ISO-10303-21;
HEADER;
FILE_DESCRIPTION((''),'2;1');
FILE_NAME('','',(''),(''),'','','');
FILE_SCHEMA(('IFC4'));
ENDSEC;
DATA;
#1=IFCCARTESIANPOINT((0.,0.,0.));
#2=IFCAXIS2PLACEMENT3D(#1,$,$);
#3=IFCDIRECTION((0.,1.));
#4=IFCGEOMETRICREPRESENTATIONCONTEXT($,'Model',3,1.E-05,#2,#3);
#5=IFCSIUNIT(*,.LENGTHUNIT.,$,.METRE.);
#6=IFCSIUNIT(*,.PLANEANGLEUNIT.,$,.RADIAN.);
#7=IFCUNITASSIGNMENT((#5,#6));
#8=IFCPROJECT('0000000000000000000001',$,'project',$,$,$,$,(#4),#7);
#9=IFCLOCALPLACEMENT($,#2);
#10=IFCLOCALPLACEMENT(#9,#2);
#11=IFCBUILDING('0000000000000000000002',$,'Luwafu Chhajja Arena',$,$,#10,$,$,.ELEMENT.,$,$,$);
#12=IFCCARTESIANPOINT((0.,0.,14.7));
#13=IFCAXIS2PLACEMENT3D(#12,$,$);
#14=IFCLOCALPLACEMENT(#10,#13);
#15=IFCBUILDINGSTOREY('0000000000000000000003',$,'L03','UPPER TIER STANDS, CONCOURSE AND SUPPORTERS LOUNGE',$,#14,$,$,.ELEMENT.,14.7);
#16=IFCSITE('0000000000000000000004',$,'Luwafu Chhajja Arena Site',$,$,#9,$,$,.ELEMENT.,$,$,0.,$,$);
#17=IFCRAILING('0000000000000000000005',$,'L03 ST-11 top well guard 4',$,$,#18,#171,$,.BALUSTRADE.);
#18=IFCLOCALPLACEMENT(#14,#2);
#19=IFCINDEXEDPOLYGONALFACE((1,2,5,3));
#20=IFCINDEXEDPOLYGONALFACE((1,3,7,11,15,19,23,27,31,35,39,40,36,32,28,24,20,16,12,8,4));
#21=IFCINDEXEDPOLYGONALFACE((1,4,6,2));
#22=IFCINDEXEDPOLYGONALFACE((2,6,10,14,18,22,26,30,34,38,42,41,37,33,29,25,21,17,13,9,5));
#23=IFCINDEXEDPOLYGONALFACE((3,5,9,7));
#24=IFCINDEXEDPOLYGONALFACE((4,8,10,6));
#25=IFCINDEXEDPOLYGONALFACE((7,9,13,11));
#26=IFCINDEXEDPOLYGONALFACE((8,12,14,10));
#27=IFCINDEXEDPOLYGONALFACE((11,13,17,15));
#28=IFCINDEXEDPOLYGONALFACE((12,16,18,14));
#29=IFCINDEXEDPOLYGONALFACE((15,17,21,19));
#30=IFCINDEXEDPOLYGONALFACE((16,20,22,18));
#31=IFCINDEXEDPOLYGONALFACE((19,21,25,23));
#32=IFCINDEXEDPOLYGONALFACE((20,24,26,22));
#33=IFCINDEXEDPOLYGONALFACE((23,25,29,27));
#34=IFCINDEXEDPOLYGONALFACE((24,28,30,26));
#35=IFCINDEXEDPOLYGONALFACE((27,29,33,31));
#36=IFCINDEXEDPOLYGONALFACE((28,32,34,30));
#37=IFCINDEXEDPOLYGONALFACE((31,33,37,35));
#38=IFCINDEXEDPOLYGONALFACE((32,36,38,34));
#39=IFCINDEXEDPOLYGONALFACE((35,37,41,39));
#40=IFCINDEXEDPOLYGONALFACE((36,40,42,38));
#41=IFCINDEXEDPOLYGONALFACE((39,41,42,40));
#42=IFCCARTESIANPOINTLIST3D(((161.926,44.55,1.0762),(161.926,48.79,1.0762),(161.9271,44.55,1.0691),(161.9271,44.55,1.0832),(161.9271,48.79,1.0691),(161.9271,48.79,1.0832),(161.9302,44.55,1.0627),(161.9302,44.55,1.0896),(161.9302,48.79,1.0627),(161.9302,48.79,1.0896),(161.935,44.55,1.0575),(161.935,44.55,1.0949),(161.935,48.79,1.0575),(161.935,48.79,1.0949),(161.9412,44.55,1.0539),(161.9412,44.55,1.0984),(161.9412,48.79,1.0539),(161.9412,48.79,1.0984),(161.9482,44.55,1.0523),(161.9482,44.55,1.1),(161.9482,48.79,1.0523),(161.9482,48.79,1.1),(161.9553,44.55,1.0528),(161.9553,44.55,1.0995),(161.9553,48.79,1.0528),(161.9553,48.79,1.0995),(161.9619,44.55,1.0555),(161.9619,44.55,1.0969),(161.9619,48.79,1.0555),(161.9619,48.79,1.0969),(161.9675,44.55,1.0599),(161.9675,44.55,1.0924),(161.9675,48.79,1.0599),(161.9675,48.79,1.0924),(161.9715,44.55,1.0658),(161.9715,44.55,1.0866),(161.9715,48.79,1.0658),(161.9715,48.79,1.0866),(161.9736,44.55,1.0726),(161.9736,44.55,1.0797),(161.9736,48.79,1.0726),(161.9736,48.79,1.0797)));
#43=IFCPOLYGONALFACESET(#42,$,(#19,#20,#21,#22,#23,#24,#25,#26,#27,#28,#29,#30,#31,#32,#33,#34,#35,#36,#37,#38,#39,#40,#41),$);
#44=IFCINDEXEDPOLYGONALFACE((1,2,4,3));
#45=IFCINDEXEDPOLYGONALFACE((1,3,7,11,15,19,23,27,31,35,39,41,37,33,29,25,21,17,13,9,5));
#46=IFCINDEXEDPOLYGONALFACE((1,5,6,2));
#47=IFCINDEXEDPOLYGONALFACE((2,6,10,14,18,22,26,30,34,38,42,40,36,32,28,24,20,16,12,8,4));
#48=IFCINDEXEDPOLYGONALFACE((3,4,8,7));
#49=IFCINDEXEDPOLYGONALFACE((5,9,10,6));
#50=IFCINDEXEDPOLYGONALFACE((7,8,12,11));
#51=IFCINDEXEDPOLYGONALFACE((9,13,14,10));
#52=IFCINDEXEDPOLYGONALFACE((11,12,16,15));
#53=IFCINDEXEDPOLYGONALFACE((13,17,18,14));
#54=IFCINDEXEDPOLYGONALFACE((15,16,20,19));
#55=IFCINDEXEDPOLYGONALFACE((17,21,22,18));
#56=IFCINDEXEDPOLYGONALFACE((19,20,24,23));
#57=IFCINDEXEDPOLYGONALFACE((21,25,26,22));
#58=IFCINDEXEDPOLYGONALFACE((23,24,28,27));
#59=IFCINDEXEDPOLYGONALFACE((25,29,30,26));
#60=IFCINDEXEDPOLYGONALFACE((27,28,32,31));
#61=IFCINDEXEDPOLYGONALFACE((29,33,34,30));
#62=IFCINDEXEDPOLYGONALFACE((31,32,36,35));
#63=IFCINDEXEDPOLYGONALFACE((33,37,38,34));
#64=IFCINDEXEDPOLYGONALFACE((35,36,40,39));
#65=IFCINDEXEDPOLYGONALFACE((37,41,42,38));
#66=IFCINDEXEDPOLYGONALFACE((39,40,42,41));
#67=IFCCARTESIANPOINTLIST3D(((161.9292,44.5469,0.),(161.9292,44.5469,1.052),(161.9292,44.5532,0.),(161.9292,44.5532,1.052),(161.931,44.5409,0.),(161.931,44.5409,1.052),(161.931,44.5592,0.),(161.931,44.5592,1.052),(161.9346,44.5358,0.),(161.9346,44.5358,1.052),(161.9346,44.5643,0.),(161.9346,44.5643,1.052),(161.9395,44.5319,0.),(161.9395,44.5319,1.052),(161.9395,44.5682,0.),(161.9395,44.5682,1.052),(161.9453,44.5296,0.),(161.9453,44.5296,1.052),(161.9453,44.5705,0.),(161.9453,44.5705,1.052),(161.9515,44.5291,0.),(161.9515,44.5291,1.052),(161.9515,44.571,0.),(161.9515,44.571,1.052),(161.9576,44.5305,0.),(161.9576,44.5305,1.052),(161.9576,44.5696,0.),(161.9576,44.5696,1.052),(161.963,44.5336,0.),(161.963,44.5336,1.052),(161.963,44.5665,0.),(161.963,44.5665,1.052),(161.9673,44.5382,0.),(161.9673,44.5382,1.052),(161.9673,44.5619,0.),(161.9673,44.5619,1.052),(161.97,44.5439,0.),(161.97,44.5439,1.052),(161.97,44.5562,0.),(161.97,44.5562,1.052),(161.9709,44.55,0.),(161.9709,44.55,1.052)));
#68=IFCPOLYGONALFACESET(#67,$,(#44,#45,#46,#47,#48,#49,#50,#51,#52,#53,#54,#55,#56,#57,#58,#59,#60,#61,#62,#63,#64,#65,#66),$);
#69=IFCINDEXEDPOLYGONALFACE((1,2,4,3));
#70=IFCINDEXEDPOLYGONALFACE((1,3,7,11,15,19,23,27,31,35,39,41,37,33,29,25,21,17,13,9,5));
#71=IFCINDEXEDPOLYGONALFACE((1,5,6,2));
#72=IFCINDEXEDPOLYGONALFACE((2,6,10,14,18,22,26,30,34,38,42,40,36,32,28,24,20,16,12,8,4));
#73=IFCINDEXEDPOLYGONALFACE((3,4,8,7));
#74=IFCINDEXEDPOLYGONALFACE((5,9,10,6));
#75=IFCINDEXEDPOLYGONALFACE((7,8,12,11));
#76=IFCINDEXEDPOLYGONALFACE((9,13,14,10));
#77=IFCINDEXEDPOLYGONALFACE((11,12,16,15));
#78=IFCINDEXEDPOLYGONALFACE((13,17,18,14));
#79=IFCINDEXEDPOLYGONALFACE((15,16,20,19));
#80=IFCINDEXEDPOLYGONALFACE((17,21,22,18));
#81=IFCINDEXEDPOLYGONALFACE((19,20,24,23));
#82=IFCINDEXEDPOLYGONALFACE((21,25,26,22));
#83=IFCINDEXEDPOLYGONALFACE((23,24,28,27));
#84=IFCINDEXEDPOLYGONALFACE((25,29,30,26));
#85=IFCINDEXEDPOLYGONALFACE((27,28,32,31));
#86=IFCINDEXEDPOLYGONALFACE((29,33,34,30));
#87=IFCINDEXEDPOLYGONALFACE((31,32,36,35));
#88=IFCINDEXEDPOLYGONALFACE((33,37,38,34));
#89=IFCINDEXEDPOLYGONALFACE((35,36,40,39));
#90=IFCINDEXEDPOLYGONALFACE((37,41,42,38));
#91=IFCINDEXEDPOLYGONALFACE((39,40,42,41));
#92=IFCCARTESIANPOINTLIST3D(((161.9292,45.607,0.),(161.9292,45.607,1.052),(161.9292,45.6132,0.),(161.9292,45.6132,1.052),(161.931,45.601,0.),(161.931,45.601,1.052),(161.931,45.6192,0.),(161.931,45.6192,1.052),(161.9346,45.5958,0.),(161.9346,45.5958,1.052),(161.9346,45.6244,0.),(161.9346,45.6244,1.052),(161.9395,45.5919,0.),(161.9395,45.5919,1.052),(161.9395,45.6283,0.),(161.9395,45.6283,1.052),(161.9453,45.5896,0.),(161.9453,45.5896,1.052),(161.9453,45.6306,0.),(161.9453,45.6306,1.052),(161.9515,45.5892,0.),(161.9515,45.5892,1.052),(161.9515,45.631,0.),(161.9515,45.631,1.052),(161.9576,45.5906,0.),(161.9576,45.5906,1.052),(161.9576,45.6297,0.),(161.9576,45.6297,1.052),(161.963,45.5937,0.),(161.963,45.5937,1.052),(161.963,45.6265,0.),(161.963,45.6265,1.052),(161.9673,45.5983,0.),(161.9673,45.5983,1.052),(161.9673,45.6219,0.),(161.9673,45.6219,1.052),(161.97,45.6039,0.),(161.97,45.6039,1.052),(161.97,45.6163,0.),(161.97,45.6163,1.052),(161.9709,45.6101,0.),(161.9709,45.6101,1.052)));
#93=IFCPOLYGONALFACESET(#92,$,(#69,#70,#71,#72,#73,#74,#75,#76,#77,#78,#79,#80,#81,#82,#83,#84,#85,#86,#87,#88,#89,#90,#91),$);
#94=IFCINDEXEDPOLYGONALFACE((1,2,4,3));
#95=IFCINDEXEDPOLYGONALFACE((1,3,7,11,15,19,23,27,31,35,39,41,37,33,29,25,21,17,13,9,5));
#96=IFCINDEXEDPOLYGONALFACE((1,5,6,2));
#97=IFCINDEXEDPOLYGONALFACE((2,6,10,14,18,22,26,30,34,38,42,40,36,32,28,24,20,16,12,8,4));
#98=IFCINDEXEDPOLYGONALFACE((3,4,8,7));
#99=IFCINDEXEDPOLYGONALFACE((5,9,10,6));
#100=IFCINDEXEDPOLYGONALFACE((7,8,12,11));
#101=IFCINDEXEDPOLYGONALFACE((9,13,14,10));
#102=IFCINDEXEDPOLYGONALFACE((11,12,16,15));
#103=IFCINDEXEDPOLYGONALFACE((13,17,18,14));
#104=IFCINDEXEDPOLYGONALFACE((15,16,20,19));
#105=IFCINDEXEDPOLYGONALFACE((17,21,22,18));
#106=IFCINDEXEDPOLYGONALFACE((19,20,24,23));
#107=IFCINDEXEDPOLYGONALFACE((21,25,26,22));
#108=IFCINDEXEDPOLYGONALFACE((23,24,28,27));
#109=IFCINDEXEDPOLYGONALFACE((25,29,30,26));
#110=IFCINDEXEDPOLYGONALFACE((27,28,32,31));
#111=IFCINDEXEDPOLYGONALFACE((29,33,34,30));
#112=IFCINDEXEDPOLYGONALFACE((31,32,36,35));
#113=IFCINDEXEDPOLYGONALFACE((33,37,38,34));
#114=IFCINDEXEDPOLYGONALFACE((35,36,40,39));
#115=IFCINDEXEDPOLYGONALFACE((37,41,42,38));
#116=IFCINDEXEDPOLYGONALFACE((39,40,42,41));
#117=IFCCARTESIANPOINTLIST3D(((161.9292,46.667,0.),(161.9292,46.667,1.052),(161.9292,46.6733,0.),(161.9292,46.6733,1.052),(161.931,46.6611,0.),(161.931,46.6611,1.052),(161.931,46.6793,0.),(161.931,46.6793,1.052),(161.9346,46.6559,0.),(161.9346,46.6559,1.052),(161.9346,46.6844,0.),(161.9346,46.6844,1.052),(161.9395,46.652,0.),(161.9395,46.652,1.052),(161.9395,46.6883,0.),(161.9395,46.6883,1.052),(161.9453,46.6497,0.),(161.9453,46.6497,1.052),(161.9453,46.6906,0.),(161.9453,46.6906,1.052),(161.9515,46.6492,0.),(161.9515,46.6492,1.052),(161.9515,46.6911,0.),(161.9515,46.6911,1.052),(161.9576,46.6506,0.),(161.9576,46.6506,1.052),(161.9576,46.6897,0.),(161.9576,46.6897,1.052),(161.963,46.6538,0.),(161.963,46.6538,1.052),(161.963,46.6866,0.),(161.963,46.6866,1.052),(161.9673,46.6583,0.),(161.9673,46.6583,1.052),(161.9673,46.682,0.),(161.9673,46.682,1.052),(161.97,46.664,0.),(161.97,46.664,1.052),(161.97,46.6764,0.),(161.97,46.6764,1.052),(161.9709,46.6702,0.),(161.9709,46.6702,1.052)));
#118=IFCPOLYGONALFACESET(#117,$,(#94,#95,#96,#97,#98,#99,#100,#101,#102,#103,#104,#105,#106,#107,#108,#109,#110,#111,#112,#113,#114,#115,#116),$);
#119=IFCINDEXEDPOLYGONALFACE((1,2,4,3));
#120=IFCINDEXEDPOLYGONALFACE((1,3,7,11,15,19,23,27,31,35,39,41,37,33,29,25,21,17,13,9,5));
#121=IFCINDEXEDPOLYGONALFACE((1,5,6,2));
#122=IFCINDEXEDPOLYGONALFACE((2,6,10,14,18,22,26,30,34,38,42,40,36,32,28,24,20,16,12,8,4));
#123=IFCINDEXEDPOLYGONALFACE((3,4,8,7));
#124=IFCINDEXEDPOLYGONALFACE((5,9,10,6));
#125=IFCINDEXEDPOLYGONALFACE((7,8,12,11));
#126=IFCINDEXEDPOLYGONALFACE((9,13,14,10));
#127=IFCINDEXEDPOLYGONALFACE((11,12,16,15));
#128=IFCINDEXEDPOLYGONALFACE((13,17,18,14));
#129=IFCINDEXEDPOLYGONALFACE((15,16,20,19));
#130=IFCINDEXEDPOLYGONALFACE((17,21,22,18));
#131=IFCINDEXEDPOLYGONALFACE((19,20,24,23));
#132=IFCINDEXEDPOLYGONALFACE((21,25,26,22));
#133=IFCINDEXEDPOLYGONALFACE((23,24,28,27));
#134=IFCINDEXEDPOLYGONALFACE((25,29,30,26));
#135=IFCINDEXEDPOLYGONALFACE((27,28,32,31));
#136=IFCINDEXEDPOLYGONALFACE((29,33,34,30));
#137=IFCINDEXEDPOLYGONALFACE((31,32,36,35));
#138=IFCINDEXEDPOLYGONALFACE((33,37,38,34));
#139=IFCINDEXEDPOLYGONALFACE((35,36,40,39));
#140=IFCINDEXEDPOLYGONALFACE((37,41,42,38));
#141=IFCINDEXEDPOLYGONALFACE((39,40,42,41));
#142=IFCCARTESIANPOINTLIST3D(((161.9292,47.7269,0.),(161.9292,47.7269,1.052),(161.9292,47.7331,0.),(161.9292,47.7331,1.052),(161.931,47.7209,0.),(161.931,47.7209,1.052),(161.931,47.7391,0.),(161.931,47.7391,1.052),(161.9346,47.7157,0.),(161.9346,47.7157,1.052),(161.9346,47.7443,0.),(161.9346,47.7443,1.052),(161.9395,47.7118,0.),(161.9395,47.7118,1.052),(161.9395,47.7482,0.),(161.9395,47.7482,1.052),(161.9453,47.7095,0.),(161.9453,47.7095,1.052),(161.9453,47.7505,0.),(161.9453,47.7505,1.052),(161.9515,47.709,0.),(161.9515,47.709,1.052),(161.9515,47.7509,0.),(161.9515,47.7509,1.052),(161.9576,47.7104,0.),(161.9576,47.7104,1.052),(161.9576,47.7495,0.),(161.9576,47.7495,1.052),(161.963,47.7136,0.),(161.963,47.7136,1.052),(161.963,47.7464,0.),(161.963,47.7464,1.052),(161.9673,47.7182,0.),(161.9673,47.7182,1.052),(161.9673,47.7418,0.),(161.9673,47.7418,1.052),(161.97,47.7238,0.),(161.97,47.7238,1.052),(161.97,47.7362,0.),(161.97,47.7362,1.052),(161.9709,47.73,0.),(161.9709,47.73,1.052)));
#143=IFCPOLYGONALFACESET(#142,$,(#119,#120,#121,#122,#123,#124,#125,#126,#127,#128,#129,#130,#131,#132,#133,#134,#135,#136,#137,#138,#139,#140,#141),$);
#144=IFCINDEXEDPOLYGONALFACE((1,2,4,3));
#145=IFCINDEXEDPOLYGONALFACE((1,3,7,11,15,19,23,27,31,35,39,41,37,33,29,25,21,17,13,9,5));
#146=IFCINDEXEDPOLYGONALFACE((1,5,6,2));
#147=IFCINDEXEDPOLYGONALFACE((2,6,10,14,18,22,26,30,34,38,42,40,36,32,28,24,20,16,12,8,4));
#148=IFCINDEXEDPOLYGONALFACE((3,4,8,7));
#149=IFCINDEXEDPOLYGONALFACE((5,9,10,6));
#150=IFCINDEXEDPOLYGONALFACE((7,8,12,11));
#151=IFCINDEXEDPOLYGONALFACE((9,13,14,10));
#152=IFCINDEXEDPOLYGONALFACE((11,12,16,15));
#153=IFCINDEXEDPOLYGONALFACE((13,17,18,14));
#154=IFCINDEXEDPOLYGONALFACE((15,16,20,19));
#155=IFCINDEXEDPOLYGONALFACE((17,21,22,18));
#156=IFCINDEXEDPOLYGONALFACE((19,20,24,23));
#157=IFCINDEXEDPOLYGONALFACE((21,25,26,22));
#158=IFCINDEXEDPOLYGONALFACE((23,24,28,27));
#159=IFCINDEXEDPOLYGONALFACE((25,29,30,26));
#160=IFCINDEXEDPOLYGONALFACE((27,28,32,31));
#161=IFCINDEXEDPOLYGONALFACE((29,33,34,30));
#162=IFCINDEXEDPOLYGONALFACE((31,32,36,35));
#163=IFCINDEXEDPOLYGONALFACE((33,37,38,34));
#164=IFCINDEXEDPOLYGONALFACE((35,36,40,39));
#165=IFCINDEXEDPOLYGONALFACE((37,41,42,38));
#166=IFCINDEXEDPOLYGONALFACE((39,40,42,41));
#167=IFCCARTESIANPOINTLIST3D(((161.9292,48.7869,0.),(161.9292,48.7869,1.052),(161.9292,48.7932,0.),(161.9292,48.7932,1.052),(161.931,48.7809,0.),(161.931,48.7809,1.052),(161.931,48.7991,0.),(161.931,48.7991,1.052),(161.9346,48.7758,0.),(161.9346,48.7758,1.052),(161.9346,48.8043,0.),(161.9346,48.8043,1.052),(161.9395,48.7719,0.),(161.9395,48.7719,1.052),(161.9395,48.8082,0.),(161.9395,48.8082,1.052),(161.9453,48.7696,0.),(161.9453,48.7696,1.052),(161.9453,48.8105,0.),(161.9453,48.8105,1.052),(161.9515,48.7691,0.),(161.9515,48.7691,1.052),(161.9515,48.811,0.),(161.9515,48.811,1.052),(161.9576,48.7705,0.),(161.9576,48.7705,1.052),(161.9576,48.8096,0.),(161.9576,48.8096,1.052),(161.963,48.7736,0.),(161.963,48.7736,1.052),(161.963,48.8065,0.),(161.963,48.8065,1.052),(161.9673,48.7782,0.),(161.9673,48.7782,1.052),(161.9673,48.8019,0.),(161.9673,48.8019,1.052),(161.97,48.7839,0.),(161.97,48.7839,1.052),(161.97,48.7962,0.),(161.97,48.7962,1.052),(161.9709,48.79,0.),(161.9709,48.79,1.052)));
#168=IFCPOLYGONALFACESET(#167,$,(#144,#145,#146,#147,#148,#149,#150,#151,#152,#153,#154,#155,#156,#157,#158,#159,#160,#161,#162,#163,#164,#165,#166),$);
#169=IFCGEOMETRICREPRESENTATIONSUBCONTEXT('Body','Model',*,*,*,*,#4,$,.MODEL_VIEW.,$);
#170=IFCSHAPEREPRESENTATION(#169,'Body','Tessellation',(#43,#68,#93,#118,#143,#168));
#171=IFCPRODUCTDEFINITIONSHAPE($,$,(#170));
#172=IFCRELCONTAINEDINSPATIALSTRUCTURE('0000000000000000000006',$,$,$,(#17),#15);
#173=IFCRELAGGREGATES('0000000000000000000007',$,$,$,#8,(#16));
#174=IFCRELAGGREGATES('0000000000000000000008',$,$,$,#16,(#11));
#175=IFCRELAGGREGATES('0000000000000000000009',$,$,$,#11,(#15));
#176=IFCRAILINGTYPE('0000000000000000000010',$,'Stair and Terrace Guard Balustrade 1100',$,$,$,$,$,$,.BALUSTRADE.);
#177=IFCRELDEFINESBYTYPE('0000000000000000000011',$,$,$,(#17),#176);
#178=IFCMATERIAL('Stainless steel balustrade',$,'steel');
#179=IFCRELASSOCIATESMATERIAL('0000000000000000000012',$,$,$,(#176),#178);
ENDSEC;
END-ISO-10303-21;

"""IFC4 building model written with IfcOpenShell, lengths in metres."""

from ifc_helpers import new_model, si_unit, direction, frame, origin, origin_2d, place, context, subcontext, project, spatial, circle, extrude, material, type_object, element, save


model = new_model("IFC4")

# Units and contexts
model_context = context("Model", 3, precision=1e-05, world=origin(), true_north=direction((0.0, 1.0)))
body_context = subcontext(model_context, "Body", "Model", "MODEL_VIEW")
ifc_project = project(units=[si_unit("LENGTHUNIT", "METRE"), si_unit("PLANEANGLEUNIT", "RADIAN")], contexts=[model_context])

# Site, building, storey
site_placement = place(None, origin())
site = spatial("IfcSite", under=ifc_project, at=site_placement, Name="Luwafu Chhajja Arena Site", CompositionType="ELEMENT", RefElevation=0.0)
building_placement = place(site_placement, origin())
building = spatial("IfcBuilding", under=site, at=building_placement, Name="Luwafu Chhajja Arena", CompositionType="ELEMENT")
storey_placement = place(building_placement, frame((0.0, 0.0, 14.7)))
storey = spatial("IfcBuildingStorey", under=building, at=storey_placement, Name="L03", Description="UPPER TIER STANDS, CONCOURSE AND SUPPORTERS LOUNGE", CompositionType="ELEMENT", Elevation=14.7)

# Railing
ifc_material_1 = material(Name="Stainless steel balustrade", Category="steel")
railing_type = type_object("IfcRailingType", Name="Stair and Terrace Guard Balustrade 1100", PredefinedType="BALUSTRADE", material=ifc_material_1)
railing_1_placement = place(storey_placement, frame((161.95, 44.55, 0.0)))
element("IfcRailing", 1, at=railing_1_placement, inside=storey, type_object=railing_type, Name="L03 ST-11 top well guard 4", PredefinedType="BALUSTRADE", context=body_context, shape_type="SweptSolid", body=[
    extrude(circle(Radius=0.0239, at=origin_2d()), frame((0.0, 0.0, 1.0762), z_axis=(0.0, 1.0, 0.0), x_axis=(-1.0, 0.0, 0.0)), (0.0, 0.0, 1.0), 4.24),
    extrude(circle(Radius=0.021, at=origin_2d()), origin(), (0.0, 0.0, 1.0), 1.052),
    extrude(circle(Radius=0.021, at=origin_2d()), frame((0.0, 1.0601, 0.0)), (0.0, 0.0, 1.0), 1.052),
    extrude(circle(Radius=0.021, at=origin_2d()), frame((0.0, 2.1201, 0.0)), (0.0, 0.0, 1.0), 1.052),
    extrude(circle(Radius=0.021, at=origin_2d()), frame((0.0, 3.1799, 0.0)), (0.0, 0.0, 1.0), 1.052),
    extrude(circle(Radius=0.021, at=origin_2d()), frame((0.0, 4.24, 0.0)), (0.0, 0.0, 1.0), 1.052),
])

save(model, "model.ifc")
